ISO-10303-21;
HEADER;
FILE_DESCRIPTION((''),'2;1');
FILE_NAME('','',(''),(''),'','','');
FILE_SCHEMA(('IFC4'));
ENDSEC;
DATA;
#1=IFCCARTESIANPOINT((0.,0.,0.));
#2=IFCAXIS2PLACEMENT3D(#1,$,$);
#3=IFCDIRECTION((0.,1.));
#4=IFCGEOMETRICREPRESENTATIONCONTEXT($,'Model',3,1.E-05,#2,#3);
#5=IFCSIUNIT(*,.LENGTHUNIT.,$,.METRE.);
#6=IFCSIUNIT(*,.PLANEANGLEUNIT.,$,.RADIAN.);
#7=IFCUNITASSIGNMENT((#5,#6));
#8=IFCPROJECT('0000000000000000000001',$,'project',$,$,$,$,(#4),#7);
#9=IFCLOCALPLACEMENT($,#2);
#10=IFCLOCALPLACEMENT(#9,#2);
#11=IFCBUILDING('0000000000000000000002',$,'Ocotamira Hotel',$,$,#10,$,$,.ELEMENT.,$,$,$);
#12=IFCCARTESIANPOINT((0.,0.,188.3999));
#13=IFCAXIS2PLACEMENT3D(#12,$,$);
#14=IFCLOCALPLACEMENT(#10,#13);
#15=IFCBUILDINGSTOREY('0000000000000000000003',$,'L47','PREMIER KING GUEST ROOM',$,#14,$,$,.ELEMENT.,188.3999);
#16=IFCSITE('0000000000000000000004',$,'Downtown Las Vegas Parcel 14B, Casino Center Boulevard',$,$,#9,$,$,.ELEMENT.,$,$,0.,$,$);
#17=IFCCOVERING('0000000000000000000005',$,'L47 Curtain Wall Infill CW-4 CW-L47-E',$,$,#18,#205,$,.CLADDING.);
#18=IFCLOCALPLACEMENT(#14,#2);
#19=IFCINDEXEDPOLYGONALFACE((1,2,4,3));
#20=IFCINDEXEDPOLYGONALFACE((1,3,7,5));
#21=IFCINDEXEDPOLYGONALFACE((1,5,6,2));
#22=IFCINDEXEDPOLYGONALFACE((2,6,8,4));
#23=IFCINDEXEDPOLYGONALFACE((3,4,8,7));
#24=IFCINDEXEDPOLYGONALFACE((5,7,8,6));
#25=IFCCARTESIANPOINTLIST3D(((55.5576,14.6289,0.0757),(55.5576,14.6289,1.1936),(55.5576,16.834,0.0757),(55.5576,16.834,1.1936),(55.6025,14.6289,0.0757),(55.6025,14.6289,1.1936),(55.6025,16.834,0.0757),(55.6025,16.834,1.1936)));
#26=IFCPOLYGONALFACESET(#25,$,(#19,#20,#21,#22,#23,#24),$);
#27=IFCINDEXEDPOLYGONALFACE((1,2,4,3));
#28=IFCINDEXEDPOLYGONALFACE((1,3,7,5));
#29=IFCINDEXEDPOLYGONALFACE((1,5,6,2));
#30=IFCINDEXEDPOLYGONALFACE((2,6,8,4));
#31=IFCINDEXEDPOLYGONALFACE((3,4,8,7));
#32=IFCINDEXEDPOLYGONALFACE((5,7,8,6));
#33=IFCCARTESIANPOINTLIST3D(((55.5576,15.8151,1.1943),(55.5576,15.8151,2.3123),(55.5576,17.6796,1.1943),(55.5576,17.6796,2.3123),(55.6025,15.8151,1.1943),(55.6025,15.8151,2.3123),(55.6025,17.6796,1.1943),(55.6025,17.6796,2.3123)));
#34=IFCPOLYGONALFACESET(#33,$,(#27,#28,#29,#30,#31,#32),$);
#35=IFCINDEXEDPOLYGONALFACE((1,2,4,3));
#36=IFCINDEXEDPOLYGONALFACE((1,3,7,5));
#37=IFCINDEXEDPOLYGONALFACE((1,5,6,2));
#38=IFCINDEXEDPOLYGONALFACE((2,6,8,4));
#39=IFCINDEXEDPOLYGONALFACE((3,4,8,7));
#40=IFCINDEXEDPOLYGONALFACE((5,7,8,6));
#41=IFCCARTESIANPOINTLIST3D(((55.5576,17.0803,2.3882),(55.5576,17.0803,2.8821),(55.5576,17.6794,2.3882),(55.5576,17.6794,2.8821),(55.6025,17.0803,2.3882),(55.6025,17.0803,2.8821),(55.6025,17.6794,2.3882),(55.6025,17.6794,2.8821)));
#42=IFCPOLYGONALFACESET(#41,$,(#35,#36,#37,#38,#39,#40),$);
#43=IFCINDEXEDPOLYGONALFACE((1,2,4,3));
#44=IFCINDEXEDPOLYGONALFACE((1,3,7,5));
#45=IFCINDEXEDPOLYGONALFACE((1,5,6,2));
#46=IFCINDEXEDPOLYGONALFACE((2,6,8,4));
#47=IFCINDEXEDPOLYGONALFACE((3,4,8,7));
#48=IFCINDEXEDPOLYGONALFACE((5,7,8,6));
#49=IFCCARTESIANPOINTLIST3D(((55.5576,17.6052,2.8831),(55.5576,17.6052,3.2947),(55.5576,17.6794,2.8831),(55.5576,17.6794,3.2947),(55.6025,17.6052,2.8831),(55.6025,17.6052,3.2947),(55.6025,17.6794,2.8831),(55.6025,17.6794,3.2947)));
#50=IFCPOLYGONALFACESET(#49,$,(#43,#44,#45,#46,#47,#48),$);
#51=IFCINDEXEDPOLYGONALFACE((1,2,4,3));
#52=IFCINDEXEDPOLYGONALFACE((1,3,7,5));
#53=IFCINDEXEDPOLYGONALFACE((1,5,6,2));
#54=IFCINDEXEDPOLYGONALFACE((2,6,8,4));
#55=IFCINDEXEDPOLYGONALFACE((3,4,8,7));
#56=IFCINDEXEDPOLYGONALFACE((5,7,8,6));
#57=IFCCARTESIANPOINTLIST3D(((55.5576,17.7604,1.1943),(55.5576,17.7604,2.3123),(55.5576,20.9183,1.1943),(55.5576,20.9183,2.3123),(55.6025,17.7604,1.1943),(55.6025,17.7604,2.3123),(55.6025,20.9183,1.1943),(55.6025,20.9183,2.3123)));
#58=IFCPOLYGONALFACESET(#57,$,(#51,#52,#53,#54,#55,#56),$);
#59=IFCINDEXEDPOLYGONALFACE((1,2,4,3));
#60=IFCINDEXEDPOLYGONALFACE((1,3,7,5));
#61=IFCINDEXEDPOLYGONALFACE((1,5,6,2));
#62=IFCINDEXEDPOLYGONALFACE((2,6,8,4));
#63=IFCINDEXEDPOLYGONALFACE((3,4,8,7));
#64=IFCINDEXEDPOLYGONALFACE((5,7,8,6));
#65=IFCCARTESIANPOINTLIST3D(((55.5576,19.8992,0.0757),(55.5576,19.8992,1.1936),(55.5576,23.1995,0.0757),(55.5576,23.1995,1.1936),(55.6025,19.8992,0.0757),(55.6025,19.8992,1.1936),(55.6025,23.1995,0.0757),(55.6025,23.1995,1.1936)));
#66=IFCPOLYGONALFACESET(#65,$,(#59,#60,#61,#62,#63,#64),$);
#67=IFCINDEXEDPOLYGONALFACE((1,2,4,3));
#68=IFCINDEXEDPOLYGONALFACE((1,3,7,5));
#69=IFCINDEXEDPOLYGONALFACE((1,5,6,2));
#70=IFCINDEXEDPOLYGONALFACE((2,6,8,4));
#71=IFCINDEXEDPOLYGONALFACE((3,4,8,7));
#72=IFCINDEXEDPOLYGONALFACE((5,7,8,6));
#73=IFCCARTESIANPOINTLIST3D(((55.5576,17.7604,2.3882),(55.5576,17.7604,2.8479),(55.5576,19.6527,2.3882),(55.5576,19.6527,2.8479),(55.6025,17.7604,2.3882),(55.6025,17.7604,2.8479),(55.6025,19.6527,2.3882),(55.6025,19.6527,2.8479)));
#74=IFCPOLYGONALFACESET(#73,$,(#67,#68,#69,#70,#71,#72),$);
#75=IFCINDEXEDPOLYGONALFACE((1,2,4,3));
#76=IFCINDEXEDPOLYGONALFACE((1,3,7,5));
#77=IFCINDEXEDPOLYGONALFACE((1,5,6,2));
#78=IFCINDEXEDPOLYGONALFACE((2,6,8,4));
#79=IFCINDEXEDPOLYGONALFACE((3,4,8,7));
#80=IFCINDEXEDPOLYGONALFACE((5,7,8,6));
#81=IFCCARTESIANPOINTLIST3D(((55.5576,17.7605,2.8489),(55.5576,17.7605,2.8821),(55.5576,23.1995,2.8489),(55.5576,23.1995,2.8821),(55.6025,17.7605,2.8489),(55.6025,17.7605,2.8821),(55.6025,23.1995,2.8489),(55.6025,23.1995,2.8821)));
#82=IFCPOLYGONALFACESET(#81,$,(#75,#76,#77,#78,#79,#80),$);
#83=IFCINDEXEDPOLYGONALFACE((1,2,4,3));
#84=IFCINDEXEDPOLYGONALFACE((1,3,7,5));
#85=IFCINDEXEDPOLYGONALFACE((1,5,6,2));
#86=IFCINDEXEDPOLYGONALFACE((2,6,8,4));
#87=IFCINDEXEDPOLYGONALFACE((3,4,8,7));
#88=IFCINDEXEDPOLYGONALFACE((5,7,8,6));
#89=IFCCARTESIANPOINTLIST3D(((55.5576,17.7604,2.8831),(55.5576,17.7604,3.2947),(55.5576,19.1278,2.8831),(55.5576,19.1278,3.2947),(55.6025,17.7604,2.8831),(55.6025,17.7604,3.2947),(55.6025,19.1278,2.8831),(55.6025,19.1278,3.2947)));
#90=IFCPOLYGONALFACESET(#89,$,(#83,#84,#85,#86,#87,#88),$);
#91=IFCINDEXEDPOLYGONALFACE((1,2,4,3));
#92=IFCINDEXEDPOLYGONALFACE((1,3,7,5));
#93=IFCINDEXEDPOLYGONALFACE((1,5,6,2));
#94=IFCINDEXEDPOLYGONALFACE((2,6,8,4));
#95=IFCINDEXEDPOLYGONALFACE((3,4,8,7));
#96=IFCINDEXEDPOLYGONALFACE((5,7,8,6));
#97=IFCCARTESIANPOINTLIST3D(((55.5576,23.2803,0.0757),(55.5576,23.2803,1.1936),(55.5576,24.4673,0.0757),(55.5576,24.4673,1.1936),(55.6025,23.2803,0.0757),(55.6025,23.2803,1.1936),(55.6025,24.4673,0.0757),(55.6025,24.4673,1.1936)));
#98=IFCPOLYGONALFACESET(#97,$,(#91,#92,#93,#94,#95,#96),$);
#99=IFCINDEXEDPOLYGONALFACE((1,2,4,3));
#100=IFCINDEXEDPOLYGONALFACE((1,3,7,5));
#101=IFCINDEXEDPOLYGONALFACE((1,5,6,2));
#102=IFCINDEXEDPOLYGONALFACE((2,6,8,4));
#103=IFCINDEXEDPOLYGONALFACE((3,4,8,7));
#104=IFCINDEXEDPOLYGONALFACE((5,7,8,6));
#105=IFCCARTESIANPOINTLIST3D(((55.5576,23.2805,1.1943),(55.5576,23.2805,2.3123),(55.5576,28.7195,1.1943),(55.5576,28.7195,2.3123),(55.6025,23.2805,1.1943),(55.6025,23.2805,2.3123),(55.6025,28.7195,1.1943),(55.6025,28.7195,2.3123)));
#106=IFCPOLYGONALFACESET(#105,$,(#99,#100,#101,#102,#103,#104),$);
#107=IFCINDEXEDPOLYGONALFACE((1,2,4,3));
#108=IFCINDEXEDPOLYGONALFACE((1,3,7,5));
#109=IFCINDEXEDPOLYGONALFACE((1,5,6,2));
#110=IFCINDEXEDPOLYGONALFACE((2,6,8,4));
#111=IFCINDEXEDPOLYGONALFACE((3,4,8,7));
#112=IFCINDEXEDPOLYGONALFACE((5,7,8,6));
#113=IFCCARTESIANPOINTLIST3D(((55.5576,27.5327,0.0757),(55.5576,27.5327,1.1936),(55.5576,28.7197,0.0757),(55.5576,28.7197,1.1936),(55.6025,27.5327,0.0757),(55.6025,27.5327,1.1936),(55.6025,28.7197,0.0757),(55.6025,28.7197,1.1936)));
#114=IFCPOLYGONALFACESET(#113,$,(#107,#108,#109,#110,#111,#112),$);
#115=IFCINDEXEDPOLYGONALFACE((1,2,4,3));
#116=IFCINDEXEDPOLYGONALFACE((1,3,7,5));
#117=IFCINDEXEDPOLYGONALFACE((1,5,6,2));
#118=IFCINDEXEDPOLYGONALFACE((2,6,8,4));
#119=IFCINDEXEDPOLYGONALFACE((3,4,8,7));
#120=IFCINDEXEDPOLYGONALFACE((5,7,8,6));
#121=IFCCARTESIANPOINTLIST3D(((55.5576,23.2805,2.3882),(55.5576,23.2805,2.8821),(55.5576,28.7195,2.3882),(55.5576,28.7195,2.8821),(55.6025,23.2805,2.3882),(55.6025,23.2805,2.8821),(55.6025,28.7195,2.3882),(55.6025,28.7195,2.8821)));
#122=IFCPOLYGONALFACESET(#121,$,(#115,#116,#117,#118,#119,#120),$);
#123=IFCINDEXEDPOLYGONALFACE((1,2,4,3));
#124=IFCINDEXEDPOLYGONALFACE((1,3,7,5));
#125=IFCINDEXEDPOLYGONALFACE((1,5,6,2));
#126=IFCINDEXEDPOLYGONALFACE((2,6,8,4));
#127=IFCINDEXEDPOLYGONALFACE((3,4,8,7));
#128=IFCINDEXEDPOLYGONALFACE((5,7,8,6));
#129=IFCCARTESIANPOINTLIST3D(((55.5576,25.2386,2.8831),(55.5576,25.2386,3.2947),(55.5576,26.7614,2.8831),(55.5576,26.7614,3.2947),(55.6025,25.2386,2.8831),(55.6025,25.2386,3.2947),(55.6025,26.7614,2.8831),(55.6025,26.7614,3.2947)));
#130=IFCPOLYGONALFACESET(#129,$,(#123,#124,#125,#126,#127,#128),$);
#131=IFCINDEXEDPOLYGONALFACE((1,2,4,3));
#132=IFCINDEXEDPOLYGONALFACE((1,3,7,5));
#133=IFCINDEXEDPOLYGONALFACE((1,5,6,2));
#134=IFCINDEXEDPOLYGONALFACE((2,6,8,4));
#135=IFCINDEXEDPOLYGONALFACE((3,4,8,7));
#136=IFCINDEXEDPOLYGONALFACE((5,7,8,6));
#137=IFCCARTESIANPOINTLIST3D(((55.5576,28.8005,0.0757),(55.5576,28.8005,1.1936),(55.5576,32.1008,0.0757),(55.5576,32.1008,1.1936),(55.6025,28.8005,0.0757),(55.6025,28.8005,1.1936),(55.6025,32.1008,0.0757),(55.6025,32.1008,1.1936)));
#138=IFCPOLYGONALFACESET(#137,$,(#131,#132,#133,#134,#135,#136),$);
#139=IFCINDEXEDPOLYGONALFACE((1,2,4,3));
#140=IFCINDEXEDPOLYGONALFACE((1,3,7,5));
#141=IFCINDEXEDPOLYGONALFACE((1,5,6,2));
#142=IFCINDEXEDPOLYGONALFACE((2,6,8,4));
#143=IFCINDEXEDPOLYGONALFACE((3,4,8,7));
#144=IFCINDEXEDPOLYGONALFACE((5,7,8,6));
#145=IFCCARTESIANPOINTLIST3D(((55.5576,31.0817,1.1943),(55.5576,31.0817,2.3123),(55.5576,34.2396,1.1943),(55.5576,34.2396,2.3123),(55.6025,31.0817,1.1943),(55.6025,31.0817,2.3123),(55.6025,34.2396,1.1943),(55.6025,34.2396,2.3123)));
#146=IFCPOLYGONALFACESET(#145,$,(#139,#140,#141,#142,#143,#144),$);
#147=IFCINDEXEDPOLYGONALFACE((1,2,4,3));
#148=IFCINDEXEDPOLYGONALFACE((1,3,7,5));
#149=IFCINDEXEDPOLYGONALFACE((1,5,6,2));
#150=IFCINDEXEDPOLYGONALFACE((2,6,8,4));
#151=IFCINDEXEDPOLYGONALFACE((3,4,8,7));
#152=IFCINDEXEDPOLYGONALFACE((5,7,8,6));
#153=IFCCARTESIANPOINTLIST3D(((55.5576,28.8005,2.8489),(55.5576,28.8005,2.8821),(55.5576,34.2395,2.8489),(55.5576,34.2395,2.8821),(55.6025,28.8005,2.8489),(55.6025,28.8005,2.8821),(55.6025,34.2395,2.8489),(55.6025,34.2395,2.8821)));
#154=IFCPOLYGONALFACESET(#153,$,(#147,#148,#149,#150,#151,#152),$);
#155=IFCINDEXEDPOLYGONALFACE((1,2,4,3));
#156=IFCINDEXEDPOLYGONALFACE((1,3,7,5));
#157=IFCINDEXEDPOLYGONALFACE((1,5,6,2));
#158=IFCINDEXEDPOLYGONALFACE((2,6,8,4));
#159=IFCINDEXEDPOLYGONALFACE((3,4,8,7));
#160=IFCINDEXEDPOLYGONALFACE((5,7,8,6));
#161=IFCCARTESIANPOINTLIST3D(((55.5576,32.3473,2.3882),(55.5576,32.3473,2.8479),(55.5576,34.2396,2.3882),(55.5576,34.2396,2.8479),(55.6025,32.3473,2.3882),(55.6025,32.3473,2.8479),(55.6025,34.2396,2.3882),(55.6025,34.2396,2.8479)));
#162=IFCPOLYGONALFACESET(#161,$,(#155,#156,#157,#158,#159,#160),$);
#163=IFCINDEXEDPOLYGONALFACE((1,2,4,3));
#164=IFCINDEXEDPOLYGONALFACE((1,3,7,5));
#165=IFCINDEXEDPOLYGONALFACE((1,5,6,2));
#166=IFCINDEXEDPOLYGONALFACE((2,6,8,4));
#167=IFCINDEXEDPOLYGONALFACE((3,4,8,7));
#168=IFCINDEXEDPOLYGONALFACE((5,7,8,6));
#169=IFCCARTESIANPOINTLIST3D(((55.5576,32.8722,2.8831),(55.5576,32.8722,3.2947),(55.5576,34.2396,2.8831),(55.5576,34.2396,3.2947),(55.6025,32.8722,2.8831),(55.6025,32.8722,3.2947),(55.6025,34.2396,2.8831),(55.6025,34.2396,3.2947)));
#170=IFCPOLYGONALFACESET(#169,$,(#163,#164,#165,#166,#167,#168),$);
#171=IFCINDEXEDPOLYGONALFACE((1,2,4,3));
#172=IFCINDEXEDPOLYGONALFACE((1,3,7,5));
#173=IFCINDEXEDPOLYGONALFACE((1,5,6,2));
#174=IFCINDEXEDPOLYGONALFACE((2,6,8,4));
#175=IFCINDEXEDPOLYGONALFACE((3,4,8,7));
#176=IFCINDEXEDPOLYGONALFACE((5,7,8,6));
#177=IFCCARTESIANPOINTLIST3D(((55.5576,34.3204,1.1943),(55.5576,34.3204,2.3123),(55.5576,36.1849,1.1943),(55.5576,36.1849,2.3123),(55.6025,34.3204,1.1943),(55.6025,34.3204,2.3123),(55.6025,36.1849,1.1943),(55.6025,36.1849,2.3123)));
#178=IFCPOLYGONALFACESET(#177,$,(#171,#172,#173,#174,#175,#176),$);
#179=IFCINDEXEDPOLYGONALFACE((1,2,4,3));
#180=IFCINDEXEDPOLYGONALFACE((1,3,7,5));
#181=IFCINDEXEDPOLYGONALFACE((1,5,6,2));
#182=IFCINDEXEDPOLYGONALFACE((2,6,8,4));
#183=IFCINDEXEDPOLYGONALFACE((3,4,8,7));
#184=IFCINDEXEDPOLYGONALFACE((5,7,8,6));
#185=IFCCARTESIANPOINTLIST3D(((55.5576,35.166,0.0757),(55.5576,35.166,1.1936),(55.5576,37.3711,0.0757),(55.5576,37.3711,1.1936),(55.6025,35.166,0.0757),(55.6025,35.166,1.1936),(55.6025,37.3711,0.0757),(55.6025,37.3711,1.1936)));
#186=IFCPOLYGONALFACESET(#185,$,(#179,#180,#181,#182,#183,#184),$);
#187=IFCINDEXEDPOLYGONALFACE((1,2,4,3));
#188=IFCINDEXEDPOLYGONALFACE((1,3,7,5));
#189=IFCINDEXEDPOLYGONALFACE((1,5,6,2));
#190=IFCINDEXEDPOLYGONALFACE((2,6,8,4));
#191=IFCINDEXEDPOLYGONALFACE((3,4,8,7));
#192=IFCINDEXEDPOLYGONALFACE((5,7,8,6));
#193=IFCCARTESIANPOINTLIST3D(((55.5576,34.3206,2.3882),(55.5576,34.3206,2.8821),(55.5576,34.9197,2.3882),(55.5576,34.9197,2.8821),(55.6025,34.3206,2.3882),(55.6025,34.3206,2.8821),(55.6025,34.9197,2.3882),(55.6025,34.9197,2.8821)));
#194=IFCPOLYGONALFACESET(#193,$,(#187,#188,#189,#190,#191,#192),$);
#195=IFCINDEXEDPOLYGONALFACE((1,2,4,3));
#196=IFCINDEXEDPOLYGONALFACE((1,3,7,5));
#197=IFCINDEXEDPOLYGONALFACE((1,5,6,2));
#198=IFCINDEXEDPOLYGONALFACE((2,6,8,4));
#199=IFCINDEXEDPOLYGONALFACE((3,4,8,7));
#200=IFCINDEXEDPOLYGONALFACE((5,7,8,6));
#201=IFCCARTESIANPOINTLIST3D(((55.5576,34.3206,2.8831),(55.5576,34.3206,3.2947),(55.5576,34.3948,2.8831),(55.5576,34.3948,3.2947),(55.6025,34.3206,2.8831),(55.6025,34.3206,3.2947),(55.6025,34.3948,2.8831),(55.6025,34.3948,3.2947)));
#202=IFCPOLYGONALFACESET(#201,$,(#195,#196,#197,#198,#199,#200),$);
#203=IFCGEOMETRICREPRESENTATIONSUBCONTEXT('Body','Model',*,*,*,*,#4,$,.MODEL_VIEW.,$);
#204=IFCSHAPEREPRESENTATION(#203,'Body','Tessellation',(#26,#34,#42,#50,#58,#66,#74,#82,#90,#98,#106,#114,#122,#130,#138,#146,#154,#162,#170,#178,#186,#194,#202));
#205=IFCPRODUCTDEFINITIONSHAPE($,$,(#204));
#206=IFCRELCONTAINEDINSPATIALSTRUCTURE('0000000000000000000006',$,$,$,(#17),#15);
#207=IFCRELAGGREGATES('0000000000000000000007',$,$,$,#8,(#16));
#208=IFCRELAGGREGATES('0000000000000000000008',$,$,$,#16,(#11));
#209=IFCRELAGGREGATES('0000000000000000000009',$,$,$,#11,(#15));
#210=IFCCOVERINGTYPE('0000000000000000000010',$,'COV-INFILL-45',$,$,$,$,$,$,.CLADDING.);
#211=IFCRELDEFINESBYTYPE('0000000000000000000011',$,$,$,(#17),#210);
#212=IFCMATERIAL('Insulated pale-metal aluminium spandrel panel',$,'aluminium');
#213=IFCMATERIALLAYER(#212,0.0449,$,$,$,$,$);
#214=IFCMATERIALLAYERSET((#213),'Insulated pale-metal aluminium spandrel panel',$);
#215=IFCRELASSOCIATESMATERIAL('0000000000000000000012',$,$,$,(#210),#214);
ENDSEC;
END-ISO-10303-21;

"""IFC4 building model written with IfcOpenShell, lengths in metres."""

from ifc_helpers import new_model, si_unit, direction, frame, origin, origin_2d, place, context, subcontext, project, spatial, rectangle, extrude, material, layer, layer_set, type_object, element, save


model = new_model("IFC4")

# Units and contexts
model_context = context("Model", 3, precision=1e-05, world=origin(), true_north=direction((0.0, 1.0)))
body_context = subcontext(model_context, "Body", "Model", "MODEL_VIEW")
ifc_project = project(units=[si_unit("LENGTHUNIT", "METRE"), si_unit("PLANEANGLEUNIT", "RADIAN")], contexts=[model_context])

# Site, building, storey
site_placement = place(None, origin())
site = spatial("IfcSite", under=ifc_project, at=site_placement, Name="Downtown Las Vegas Parcel 14B, Casino Center Boulevard", CompositionType="ELEMENT", RefElevation=0.0)
building_placement = place(site_placement, origin())
building = spatial("IfcBuilding", under=site, at=building_placement, Name="Ocotamira Hotel", CompositionType="ELEMENT")
storey_placement = place(building_placement, frame((0.0, 0.0, 188.3999)))
storey = spatial("IfcBuildingStorey", under=building, at=storey_placement, Name="L47", Description="PREMIER KING GUEST ROOM", CompositionType="ELEMENT", Elevation=188.3999)

# Covering
ifc_material_1 = material(Name="Insulated pale-metal aluminium spandrel panel", Category="aluminium")
ifc_layer_1 = layer(ifc_material_1, 0.0449)
ifc_layer_set_1 = layer_set([ifc_layer_1], Name="Insulated pale-metal aluminium spandrel panel")
covering_type_1 = type_object("IfcCoveringType", Name="COV-INFILL-45", PredefinedType="CLADDING", material=ifc_layer_set_1)
covering_1_placement = place(storey_placement, origin())
element("IfcCovering", 1, at=covering_1_placement, inside=storey, type_object=covering_type_1, Name="L47 Curtain Wall Infill CW-4 CW-L47-E", PredefinedType="CLADDING", context=body_context, shape_type="SweptSolid", body=[
    extrude(rectangle(XDim=2.2051, YDim=0.0449, at=origin_2d()), frame((55.5801, 15.7314, 0.0757), z_axis=(0.0, 0.0, 1.0), x_axis=(0.0, 1.0, 0.0)), (0.0, 0.0, 1.0), 1.1179),
    extrude(rectangle(XDim=1.8645, YDim=0.0449, at=origin_2d()), frame((55.5801, 16.7473, 1.1943), z_axis=(0.0, 0.0, 1.0), x_axis=(0.0, 1.0, 0.0)), (0.0, 0.0, 1.0), 1.1179),
    extrude(rectangle(XDim=0.5991, YDim=0.0449, at=origin_2d()), frame((55.5801, 17.3799, 2.3882), z_axis=(0.0, 0.0, 1.0), x_axis=(0.0, 1.0, 0.0)), (0.0, 0.0, 1.0), 0.4939),
    extrude(rectangle(XDim=0.0742, YDim=0.0449, at=origin_2d()), frame((55.5801, 17.6423, 2.8831), z_axis=(0.0, 0.0, 1.0), x_axis=(0.0, 1.0, 0.0)), (0.0, 0.0, 1.0), 0.4116),
    extrude(rectangle(XDim=3.158, YDim=0.0449, at=origin_2d()), frame((55.5801, 19.3394, 1.1943), z_axis=(0.0, 0.0, 1.0), x_axis=(0.0, 1.0, 0.0)), (0.0, 0.0, 1.0), 1.1179),
    extrude(rectangle(XDim=3.3003, YDim=0.0449, at=origin_2d()), frame((55.5801, 21.5493, 0.0757), z_axis=(0.0, 0.0, 1.0), x_axis=(0.0, 1.0, 0.0)), (0.0, 0.0, 1.0), 1.1179),
    extrude(rectangle(XDim=1.8923, YDim=0.0449, at=origin_2d()), frame((55.5801, 18.7065, 2.3882), z_axis=(0.0, 0.0, 1.0), x_axis=(0.0, 1.0, 0.0)), (0.0, 0.0, 1.0), 0.4597),
    extrude(rectangle(XDim=5.439, YDim=0.0449, at=origin_2d()), frame((55.5801, 20.48, 2.8489), z_axis=(0.0, 0.0, 1.0), x_axis=(0.0, 1.0, 0.0)), (0.0, 0.0, 1.0), 0.0332),
    extrude(rectangle(XDim=1.3674, YDim=0.0449, at=origin_2d()), frame((55.5801, 18.4441, 2.8831), z_axis=(0.0, 0.0, 1.0), x_axis=(0.0, 1.0, 0.0)), (0.0, 0.0, 1.0), 0.4116),
    extrude(rectangle(XDim=1.187, YDim=0.0449, at=origin_2d()), frame((55.5801, 23.8738, 0.0757), z_axis=(0.0, 0.0, 1.0), x_axis=(0.0, 1.0, 0.0)), (0.0, 0.0, 1.0), 1.1179),
    extrude(rectangle(XDim=5.439, YDim=0.0449, at=origin_2d()), frame((55.5801, 26.0, 1.1943), z_axis=(0.0, 0.0, 1.0), x_axis=(0.0, 1.0, 0.0)), (0.0, 0.0, 1.0), 1.1179),
    extrude(rectangle(XDim=1.187, YDim=0.0449, at=origin_2d()), frame((55.5801, 28.1262, 0.0757), z_axis=(0.0, 0.0, 1.0), x_axis=(0.0, 1.0, 0.0)), (0.0, 0.0, 1.0), 1.1179),
    extrude(rectangle(XDim=5.439, YDim=0.0449, at=origin_2d()), frame((55.5801, 26.0, 2.3882), z_axis=(0.0, 0.0, 1.0), x_axis=(0.0, 1.0, 0.0)), (0.0, 0.0, 1.0), 0.4939),
    extrude(rectangle(XDim=1.5227, YDim=0.0449, at=origin_2d()), frame((55.5801, 26.0, 2.8831), z_axis=(0.0, 0.0, 1.0), x_axis=(0.0, 1.0, 0.0)), (0.0, 0.0, 1.0), 0.4116),
    extrude(rectangle(XDim=3.3003, YDim=0.0449, at=origin_2d()), frame((55.5801, 30.4507, 0.0757), z_axis=(0.0, 0.0, 1.0), x_axis=(0.0, 1.0, 0.0)), (0.0, 0.0, 1.0), 1.1179),
    extrude(rectangle(XDim=3.158, YDim=0.0449, at=origin_2d()), frame((55.5801, 32.6606, 1.1943), z_axis=(0.0, 0.0, 1.0), x_axis=(0.0, 1.0, 0.0)), (0.0, 0.0, 1.0), 1.1179),
    extrude(rectangle(XDim=5.439, YDim=0.0449, at=origin_2d()), frame((55.5801, 31.52, 2.8489), z_axis=(0.0, 0.0, 1.0), x_axis=(0.0, 1.0, 0.0)), (0.0, 0.0, 1.0), 0.0332),
    extrude(rectangle(XDim=1.8923, YDim=0.0449, at=origin_2d()), frame((55.5801, 33.2935, 2.3882), z_axis=(0.0, 0.0, 1.0), x_axis=(0.0, 1.0, 0.0)), (0.0, 0.0, 1.0), 0.4597),
    extrude(rectangle(XDim=1.3674, YDim=0.0449, at=origin_2d()), frame((55.5801, 33.5559, 2.8831), z_axis=(0.0, 0.0, 1.0), x_axis=(0.0, 1.0, 0.0)), (0.0, 0.0, 1.0), 0.4116),
    extrude(rectangle(XDim=1.8645, YDim=0.0449, at=origin_2d()), frame((55.5801, 35.2527, 1.1943), z_axis=(0.0, 0.0, 1.0), x_axis=(0.0, 1.0, 0.0)), (0.0, 0.0, 1.0), 1.1179),
    extrude(rectangle(XDim=2.2051, YDim=0.0449, at=origin_2d()), frame((55.5801, 36.2686, 0.0757), z_axis=(0.0, 0.0, 1.0), x_axis=(0.0, 1.0, 0.0)), (0.0, 0.0, 1.0), 1.1179),
    extrude(rectangle(XDim=0.5991, YDim=0.0449, at=origin_2d()), frame((55.5801, 34.6201, 2.3882), z_axis=(0.0, 0.0, 1.0), x_axis=(0.0, 1.0, 0.0)), (0.0, 0.0, 1.0), 0.4939),
    extrude(rectangle(XDim=0.0742, YDim=0.0449, at=origin_2d()), frame((55.5801, 34.3577, 2.8831), z_axis=(0.0, 0.0, 1.0), x_axis=(0.0, 1.0, 0.0)), (0.0, 0.0, 1.0), 0.4116),
])

save(model, "model.ifc")
